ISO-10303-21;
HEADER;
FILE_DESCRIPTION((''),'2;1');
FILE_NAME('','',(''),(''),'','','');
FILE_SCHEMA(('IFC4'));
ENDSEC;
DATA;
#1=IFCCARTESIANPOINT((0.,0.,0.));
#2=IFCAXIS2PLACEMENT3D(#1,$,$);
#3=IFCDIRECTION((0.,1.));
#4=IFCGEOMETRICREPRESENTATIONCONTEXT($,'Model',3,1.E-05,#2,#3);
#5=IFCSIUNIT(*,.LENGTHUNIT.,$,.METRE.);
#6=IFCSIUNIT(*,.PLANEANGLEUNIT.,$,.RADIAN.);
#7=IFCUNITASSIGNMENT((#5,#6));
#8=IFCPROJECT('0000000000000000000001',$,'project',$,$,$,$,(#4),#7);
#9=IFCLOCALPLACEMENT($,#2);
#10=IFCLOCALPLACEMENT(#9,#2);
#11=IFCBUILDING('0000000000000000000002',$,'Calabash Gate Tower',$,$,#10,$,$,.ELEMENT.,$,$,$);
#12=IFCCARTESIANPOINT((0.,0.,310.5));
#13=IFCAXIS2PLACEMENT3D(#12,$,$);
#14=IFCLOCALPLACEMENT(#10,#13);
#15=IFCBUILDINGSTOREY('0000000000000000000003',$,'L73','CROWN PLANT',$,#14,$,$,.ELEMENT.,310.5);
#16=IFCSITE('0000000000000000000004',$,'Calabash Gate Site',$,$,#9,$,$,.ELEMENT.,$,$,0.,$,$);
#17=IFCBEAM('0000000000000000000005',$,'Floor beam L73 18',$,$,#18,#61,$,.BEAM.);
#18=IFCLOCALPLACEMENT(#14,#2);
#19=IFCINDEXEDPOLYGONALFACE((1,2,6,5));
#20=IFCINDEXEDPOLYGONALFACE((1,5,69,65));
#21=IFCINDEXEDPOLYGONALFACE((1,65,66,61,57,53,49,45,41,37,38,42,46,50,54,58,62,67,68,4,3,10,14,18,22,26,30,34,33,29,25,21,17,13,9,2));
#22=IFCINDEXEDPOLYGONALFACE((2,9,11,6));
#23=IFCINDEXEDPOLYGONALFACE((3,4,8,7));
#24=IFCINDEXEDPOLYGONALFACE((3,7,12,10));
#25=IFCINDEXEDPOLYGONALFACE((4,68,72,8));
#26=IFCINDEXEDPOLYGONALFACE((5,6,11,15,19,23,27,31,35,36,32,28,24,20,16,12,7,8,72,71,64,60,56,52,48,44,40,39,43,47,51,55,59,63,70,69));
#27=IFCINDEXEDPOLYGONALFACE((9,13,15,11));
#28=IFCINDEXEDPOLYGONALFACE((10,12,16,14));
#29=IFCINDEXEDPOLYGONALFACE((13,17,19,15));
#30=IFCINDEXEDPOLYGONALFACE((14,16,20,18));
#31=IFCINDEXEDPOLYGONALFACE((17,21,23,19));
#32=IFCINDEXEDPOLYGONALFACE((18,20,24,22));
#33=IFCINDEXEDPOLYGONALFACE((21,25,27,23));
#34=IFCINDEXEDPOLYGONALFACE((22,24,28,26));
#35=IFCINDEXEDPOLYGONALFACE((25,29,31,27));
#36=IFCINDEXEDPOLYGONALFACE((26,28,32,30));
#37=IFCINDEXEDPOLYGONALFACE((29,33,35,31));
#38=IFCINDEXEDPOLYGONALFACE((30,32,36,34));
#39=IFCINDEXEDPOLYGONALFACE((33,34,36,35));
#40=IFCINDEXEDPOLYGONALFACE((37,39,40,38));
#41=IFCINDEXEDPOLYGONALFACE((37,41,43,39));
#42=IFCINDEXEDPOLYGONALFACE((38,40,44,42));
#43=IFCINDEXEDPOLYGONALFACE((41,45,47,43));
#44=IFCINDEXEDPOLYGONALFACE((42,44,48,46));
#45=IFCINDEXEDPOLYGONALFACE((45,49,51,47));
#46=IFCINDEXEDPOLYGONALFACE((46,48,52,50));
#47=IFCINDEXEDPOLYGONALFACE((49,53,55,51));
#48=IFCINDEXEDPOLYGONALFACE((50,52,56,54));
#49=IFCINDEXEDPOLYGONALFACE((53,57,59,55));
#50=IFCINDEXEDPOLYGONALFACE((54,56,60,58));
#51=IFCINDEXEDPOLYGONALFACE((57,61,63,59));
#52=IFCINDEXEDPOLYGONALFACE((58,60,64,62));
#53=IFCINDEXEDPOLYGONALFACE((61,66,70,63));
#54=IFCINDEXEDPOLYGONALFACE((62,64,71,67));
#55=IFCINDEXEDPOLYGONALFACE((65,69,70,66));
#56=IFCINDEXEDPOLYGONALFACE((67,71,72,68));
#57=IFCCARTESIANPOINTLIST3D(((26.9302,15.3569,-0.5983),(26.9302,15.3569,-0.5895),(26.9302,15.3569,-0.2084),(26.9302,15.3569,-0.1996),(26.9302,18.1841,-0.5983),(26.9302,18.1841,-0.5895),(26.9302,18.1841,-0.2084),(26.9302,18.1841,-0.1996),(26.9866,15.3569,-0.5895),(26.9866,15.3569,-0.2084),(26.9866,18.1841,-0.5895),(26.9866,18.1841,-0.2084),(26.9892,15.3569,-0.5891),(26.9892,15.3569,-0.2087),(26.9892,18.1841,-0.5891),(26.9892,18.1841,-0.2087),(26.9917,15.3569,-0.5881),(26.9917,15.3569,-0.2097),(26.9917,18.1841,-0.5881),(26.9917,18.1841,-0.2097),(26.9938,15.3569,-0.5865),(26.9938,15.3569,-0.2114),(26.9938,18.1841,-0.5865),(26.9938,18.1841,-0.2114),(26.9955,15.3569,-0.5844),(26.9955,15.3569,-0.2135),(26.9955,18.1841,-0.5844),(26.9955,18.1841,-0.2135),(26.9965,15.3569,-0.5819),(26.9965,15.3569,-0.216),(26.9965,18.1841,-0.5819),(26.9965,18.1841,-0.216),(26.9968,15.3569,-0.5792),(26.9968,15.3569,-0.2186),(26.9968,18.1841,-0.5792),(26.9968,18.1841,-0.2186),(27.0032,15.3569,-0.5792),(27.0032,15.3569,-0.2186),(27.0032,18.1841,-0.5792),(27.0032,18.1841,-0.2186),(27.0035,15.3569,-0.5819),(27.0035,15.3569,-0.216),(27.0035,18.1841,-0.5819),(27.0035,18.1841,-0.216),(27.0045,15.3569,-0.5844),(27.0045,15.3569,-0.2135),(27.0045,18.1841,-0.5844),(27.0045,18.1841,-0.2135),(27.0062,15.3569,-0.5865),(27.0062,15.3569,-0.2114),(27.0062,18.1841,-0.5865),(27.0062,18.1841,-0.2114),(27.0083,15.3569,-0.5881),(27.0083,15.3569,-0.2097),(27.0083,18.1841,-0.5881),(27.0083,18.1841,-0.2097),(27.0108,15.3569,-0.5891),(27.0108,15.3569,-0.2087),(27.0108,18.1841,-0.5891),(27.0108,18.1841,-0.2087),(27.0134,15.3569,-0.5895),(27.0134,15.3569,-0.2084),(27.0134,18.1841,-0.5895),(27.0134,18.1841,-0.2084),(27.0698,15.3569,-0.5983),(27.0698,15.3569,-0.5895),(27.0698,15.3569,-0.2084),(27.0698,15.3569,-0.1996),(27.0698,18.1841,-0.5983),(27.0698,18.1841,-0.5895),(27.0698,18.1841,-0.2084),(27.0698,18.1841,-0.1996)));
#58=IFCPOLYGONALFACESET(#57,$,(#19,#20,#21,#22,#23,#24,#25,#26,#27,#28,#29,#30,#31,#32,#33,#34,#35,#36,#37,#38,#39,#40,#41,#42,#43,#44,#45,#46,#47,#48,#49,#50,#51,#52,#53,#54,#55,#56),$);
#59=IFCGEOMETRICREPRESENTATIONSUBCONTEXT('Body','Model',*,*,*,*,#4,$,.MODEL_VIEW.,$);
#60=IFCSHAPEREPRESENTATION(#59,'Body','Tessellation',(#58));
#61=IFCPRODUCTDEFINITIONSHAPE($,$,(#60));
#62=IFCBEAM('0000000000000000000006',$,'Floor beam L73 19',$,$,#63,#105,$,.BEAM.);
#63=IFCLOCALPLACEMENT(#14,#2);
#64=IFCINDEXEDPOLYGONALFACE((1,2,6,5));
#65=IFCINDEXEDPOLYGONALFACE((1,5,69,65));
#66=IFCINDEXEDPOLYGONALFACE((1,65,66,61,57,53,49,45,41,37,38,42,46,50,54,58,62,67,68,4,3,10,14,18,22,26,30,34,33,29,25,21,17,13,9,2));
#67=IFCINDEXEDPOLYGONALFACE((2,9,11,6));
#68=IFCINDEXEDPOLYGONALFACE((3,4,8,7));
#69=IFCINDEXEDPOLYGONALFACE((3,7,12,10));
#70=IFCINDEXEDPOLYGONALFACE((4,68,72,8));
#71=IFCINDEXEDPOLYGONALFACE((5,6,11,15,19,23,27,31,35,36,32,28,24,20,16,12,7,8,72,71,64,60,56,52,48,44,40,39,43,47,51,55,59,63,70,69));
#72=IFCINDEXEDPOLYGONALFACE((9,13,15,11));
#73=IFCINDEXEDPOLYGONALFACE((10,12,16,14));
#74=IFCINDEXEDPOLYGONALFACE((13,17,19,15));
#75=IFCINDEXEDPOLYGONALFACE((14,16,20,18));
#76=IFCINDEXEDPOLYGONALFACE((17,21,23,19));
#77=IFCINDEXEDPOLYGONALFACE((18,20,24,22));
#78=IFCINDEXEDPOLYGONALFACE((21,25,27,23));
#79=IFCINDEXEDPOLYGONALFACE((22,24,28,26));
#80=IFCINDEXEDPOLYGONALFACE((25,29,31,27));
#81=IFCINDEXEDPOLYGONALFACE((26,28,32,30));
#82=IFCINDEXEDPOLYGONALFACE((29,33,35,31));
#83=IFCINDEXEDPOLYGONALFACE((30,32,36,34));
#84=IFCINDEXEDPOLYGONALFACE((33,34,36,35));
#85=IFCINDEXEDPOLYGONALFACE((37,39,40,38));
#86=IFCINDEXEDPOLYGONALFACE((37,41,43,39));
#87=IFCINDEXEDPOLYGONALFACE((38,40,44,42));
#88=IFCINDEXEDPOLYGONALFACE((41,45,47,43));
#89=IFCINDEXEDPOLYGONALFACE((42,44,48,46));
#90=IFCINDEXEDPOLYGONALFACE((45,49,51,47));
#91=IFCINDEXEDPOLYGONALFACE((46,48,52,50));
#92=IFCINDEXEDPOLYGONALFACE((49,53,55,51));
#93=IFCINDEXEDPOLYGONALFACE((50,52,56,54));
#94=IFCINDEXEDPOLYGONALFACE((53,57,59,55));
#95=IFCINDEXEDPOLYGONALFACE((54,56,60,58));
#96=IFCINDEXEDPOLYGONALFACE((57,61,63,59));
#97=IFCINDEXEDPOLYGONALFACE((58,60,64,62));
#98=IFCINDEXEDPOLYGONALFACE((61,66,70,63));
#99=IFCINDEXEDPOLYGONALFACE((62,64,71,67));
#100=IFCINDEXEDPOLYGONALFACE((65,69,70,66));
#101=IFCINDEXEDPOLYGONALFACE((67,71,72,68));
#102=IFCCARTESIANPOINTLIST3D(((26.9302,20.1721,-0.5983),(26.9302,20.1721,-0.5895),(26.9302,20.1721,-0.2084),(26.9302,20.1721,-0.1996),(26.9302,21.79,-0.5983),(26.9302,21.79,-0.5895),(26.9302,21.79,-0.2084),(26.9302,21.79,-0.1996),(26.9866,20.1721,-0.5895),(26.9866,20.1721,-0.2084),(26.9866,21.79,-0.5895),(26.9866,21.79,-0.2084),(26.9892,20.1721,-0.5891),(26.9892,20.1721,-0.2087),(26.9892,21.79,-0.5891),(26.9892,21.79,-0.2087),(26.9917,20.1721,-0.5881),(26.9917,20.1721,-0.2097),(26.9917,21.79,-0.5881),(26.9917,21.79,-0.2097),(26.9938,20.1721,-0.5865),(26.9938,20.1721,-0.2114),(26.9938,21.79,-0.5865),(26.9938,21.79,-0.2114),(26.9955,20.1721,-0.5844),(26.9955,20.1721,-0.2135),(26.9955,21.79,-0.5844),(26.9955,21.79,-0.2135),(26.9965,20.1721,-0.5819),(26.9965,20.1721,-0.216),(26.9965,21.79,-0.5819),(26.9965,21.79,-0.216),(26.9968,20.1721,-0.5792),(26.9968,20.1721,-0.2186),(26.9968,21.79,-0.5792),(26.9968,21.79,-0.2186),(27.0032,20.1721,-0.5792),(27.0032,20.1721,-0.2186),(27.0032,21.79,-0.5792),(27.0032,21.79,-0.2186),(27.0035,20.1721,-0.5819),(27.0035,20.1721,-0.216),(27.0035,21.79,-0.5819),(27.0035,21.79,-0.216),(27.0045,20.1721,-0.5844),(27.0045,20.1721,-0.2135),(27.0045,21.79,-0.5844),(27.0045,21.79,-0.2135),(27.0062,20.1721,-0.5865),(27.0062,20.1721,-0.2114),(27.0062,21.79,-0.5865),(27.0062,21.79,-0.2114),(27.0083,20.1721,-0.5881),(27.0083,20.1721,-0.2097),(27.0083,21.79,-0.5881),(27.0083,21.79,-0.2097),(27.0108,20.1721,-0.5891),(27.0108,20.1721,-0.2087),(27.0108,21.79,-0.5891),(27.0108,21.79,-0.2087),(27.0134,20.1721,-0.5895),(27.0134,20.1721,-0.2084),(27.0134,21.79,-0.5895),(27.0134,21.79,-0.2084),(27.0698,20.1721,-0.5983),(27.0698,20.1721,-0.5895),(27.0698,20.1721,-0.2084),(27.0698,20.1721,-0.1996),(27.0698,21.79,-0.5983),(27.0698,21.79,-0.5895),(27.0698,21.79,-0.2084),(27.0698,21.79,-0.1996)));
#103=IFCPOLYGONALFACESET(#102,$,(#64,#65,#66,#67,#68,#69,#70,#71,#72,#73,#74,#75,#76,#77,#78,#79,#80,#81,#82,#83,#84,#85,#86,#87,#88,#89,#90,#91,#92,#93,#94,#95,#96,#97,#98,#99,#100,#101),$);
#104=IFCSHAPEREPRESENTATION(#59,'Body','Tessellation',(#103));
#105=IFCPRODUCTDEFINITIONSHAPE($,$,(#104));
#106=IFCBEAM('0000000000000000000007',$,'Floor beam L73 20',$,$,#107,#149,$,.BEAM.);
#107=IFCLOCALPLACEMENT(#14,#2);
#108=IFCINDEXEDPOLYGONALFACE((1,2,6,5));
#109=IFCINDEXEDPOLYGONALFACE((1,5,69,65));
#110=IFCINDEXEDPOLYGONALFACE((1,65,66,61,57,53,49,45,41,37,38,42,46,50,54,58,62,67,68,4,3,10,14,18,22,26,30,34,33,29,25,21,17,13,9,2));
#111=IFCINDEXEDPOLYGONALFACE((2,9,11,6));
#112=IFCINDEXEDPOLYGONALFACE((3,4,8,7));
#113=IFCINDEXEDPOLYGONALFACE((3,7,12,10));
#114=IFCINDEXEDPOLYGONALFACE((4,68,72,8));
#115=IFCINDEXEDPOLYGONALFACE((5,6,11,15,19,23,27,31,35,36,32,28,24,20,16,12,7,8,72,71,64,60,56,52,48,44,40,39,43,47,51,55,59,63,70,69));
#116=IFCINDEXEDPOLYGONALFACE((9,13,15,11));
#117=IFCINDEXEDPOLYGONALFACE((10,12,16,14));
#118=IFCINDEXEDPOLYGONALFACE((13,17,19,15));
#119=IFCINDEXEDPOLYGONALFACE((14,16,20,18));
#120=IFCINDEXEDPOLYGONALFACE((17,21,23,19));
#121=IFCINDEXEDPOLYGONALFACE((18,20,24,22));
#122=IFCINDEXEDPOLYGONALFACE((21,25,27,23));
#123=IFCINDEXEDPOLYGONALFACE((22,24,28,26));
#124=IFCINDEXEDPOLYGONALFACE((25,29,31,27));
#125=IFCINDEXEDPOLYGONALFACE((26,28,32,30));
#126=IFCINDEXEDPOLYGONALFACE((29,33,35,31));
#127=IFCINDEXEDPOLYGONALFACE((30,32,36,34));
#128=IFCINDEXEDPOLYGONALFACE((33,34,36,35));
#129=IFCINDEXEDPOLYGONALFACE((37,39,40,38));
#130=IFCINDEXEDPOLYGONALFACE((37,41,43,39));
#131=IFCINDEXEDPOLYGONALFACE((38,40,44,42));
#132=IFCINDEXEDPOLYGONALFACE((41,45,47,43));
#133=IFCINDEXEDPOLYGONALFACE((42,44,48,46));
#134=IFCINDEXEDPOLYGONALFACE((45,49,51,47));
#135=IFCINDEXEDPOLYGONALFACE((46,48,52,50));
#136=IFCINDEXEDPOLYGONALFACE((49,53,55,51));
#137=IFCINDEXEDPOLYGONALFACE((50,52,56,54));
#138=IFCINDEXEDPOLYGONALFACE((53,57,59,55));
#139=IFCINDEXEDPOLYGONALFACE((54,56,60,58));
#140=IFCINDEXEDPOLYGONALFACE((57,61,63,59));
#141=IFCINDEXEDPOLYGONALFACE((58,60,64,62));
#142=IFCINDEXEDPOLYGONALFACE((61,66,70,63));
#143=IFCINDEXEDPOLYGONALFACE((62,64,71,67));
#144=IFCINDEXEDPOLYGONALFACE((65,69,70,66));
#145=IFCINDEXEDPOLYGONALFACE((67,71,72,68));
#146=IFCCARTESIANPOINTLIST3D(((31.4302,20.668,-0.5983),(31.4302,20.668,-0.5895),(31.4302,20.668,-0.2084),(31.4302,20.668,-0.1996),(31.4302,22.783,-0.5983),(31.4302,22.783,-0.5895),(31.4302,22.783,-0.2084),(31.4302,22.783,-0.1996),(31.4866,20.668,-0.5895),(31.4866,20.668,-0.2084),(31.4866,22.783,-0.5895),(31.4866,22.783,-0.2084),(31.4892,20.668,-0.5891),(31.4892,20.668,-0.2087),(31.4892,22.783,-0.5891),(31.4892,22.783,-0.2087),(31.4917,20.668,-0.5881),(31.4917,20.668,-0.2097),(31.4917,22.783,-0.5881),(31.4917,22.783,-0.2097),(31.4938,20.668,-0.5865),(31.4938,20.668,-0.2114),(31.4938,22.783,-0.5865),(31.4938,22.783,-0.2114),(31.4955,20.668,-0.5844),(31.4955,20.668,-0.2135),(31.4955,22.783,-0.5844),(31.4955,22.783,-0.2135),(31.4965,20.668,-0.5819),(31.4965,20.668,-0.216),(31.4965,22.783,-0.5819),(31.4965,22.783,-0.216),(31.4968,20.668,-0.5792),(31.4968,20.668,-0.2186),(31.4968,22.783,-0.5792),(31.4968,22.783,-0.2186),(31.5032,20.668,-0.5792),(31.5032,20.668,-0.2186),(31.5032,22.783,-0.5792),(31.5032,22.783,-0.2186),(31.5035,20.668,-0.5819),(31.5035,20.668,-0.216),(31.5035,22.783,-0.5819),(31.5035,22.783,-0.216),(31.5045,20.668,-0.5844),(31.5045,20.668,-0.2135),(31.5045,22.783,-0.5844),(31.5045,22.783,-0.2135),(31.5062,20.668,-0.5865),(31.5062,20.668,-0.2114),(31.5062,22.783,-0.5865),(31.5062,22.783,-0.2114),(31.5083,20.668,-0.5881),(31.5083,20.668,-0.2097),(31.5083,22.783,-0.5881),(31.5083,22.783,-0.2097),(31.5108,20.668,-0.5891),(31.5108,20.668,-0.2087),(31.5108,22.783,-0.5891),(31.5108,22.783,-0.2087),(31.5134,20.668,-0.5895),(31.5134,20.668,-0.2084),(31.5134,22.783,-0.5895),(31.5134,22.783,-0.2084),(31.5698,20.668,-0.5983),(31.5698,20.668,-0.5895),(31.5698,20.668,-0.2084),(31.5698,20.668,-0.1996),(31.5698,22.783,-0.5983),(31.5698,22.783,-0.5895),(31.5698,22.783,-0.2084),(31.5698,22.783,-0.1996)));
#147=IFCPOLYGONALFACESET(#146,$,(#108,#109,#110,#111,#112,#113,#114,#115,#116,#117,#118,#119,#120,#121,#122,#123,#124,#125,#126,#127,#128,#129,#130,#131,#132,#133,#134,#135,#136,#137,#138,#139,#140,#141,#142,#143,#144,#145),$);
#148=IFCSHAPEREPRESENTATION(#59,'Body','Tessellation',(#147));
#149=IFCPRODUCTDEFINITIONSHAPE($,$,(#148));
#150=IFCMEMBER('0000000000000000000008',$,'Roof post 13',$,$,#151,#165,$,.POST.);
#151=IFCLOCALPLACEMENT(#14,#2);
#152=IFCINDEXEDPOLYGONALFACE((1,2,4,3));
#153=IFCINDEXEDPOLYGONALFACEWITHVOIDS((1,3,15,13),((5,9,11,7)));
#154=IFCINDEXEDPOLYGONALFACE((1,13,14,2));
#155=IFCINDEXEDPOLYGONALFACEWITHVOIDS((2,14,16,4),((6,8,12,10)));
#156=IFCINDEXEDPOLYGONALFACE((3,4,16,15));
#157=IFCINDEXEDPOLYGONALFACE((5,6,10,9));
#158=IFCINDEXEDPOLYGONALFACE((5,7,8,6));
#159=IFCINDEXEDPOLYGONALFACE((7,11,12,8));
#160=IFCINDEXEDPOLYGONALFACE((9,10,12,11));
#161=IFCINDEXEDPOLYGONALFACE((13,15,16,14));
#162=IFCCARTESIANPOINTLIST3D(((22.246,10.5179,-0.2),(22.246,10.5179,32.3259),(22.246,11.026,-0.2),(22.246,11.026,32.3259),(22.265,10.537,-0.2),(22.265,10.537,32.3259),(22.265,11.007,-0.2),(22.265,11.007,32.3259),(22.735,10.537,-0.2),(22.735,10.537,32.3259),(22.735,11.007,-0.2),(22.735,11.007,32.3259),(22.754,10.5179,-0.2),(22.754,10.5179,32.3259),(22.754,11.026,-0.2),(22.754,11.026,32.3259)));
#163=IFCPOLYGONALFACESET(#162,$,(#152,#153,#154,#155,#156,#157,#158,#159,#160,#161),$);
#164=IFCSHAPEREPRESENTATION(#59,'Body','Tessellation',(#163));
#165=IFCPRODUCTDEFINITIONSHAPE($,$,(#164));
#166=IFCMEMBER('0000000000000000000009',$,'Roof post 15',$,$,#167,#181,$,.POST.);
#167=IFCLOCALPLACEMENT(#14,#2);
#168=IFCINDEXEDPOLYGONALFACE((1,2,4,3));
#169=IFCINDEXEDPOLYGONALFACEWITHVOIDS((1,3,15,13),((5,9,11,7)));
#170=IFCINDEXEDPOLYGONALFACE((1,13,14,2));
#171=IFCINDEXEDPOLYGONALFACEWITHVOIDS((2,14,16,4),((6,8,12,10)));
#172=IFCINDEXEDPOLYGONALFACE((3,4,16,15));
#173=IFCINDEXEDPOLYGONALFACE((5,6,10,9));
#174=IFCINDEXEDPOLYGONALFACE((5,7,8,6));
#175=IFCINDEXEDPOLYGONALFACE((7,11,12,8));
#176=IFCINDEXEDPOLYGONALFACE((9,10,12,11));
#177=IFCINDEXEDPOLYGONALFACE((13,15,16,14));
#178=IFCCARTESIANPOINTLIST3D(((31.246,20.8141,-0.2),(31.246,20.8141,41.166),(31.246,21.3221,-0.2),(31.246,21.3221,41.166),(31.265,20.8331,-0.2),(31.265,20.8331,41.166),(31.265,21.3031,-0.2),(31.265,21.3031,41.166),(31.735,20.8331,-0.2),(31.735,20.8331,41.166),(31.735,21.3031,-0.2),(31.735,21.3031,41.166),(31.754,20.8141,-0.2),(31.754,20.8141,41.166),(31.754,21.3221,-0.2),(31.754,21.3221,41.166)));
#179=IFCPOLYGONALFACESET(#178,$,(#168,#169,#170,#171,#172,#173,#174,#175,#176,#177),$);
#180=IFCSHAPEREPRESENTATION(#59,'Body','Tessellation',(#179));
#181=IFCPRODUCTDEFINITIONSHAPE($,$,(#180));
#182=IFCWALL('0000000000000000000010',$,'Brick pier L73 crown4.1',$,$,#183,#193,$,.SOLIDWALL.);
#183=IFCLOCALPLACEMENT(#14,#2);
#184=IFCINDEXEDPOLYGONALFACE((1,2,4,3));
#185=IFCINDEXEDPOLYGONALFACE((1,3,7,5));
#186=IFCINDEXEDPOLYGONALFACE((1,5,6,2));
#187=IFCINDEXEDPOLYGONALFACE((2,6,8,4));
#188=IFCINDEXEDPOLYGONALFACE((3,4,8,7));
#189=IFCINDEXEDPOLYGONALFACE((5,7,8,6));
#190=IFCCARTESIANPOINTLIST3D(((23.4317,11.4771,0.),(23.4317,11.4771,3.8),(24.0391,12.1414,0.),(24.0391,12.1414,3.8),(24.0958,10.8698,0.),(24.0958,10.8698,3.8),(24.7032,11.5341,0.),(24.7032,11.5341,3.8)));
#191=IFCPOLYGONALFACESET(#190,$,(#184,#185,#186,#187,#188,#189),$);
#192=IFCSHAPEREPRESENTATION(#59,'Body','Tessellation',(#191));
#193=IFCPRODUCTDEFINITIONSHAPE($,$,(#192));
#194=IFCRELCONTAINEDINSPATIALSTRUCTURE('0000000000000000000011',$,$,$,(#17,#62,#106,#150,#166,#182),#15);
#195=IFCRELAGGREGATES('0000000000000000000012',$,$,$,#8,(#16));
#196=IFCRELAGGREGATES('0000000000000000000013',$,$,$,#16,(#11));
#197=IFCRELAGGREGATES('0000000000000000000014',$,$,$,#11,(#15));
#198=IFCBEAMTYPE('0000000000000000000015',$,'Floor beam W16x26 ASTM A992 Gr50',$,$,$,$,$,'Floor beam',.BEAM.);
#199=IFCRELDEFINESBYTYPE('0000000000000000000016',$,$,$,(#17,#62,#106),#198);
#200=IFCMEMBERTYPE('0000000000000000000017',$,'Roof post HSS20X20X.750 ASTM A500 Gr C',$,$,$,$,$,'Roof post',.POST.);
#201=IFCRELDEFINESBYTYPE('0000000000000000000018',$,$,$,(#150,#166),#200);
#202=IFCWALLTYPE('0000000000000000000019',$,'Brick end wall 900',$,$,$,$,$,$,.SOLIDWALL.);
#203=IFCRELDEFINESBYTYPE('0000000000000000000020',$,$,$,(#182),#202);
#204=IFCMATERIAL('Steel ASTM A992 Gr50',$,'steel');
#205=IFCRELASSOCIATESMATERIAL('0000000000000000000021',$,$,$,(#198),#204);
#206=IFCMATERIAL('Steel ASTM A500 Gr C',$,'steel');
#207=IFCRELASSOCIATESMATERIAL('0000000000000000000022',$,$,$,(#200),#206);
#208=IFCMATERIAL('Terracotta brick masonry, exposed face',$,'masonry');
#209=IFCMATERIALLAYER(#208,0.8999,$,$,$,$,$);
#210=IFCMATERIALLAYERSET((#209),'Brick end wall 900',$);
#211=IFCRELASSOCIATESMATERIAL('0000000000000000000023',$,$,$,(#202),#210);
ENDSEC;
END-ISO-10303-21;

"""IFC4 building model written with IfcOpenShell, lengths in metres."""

from ifc_helpers import new_model, si_unit, direction, frame, frame_2d, origin, origin_2d, place, context, subcontext, project, spatial, rectangle, hollow_rectangle, i_section, extrude, material, layer, layer_set, material_profile, profile_set, type_object, element, save


model = new_model("IFC4")

# Units and contexts
model_context = context("Model", 3, precision=1e-05, world=origin(), true_north=direction((0.0, 1.0)))
body_context = subcontext(model_context, "Body", "Model", "MODEL_VIEW")
ifc_project = project(units=[si_unit("LENGTHUNIT", "METRE"), si_unit("PLANEANGLEUNIT", "RADIAN")], contexts=[model_context])

# Site, building, storey
site_placement = place(None, origin())
site = spatial("IfcSite", under=ifc_project, at=site_placement, Name="Calabash Gate Site", CompositionType="ELEMENT", RefElevation=0.0)
building_placement = place(site_placement, origin())
building = spatial("IfcBuilding", under=site, at=building_placement, Name="Calabash Gate Tower", CompositionType="ELEMENT")
storey_placement = place(building_placement, frame((0.0, 0.0, 310.5)))
storey = spatial("IfcBuildingStorey", under=building, at=storey_placement, Name="L73", Description="CROWN PLANT", CompositionType="ELEMENT", Elevation=310.5)

# Beams
ifc_material_1 = material(Name="Steel ASTM A992 Gr50", Category="steel")
ifc_material_profile_1 = material_profile(ifc_material_1, i_section(OverallWidth=0.1396, OverallDepth=0.3987, WebThickness=0.0063, FlangeThickness=0.0088, FilletRadius=0.0103, at=origin_2d()))
ifc_profile_set_1 = profile_set([ifc_material_profile_1], Name="Steel ASTM A992 Gr50")
beam_type_1 = type_object("IfcBeamType", Name="Floor beam W16x26 ASTM A992 Gr50", ElementType="Floor beam", PredefinedType="BEAM", material=ifc_profile_set_1)
beam_1_placement = place(storey_placement, frame((27.0, 15.3569, -0.3989), z_axis=(0.0, 1.0, 0.0), x_axis=(-1.0, 0.0, 0.0)))
element("IfcBeam", 1, at=beam_1_placement, inside=storey, type_object=beam_type_1, Name="Floor beam L73 18", PredefinedType="BEAM", context=body_context, shape_type="SweptSolid", body=[
    extrude(i_section(OverallWidth=0.1396, OverallDepth=0.3987, WebThickness=0.0063, FlangeThickness=0.0088, FilletRadius=0.0103, at=origin_2d()), origin(), (0.0, 0.0, 1.0), 2.8271),
])
beam_2_placement = place(storey_placement, frame((27.0, 20.1721, -0.3989), z_axis=(0.0, 1.0, 0.0), x_axis=(-1.0, 0.0, 0.0)))
element("IfcBeam", 2, at=beam_2_placement, inside=storey, type_object=beam_type_1, Name="Floor beam L73 19", PredefinedType="BEAM", context=body_context, shape_type="SweptSolid", body=[
    extrude(i_section(OverallWidth=0.1396, OverallDepth=0.3987, WebThickness=0.0063, FlangeThickness=0.0088, FilletRadius=0.0103, at=origin_2d()), origin(), (0.0, 0.0, 1.0), 1.6179),
])
beam_3_placement = place(storey_placement, frame((31.5, 20.668, -0.3989), z_axis=(0.0, 1.0, 0.0), x_axis=(-1.0, 0.0, 0.0)))
element("IfcBeam", 3, at=beam_3_placement, inside=storey, type_object=beam_type_1, Name="Floor beam L73 20", PredefinedType="BEAM", context=body_context, shape_type="SweptSolid", body=[
    extrude(i_section(OverallWidth=0.1396, OverallDepth=0.3987, WebThickness=0.0063, FlangeThickness=0.0088, FilletRadius=0.0103, at=origin_2d()), origin(), (0.0, 0.0, 1.0), 2.115),
])

# Members
ifc_material_2 = material(Name="Steel ASTM A500 Gr C", Category="steel")
ifc_material_profile_2 = material_profile(ifc_material_2, hollow_rectangle(XDim=0.5081, YDim=0.5081, WallThickness=0.019, at=origin_2d()))
ifc_profile_set_2 = profile_set([ifc_material_profile_2], Name="Steel ASTM A500 Gr C")
member_type = type_object("IfcMemberType", Name="Roof post HSS20X20X.750 ASTM A500 Gr C", ElementType="Roof post", PredefinedType="POST", material=ifc_profile_set_2)
member_1_placement = place(storey_placement, frame((22.5, 10.772, -0.2), z_axis=(0.0, 0.0, 1.0), x_axis=(1.0, 0.0, 0.0)))
element("IfcMember", 4, at=member_1_placement, inside=storey, type_object=member_type, Name="Roof post 13", PredefinedType="POST", context=body_context, shape_type="SweptSolid", body=[
    extrude(hollow_rectangle(XDim=0.5081, YDim=0.5081, WallThickness=0.019, at=origin_2d()), origin(), (0.0, 0.0, 1.0), 32.5259),
])
member_2_placement = place(storey_placement, frame((31.5, 21.0681, -0.2), z_axis=(0.0, 0.0, 1.0), x_axis=(1.0, 0.0, 0.0)))
element("IfcMember", 5, at=member_2_placement, inside=storey, type_object=member_type, Name="Roof post 15", PredefinedType="POST", context=body_context, shape_type="SweptSolid", body=[
    extrude(hollow_rectangle(XDim=0.5081, YDim=0.5081, WallThickness=0.019, at=origin_2d()), origin(), (0.0, 0.0, 1.0), 41.366),
])

# Wall
ifc_material_3 = material(Name="Terracotta brick masonry, exposed face", Category="masonry")
ifc_layer_1 = layer(ifc_material_3, 0.8999)
ifc_layer_set_1 = layer_set([ifc_layer_1], Name="Brick end wall 900")
wall_type_1 = type_object("IfcWallType", Name="Brick end wall 900", PredefinedType="SOLIDWALL", material=ifc_layer_set_1)
wall_1_placement = place(storey_placement, frame((23.7637, 11.1733, 0.0), z_axis=(0.0, 0.0, 1.0), x_axis=(0.674803, 0.737998, 0.0)))
element("IfcWall", 6, at=wall_1_placement, inside=storey, type_object=wall_type_1, Name="Brick pier L73 crown4.1", PredefinedType="SOLIDWALL", context=body_context, shape_type="SweptSolid", body=[
    extrude(rectangle(XDim=0.9001, YDim=0.8999, at=frame_2d((0.4502, 0.0))), origin(), (0.0, 0.0, 1.0), 3.8),
])

save(model, "model.ifc")
